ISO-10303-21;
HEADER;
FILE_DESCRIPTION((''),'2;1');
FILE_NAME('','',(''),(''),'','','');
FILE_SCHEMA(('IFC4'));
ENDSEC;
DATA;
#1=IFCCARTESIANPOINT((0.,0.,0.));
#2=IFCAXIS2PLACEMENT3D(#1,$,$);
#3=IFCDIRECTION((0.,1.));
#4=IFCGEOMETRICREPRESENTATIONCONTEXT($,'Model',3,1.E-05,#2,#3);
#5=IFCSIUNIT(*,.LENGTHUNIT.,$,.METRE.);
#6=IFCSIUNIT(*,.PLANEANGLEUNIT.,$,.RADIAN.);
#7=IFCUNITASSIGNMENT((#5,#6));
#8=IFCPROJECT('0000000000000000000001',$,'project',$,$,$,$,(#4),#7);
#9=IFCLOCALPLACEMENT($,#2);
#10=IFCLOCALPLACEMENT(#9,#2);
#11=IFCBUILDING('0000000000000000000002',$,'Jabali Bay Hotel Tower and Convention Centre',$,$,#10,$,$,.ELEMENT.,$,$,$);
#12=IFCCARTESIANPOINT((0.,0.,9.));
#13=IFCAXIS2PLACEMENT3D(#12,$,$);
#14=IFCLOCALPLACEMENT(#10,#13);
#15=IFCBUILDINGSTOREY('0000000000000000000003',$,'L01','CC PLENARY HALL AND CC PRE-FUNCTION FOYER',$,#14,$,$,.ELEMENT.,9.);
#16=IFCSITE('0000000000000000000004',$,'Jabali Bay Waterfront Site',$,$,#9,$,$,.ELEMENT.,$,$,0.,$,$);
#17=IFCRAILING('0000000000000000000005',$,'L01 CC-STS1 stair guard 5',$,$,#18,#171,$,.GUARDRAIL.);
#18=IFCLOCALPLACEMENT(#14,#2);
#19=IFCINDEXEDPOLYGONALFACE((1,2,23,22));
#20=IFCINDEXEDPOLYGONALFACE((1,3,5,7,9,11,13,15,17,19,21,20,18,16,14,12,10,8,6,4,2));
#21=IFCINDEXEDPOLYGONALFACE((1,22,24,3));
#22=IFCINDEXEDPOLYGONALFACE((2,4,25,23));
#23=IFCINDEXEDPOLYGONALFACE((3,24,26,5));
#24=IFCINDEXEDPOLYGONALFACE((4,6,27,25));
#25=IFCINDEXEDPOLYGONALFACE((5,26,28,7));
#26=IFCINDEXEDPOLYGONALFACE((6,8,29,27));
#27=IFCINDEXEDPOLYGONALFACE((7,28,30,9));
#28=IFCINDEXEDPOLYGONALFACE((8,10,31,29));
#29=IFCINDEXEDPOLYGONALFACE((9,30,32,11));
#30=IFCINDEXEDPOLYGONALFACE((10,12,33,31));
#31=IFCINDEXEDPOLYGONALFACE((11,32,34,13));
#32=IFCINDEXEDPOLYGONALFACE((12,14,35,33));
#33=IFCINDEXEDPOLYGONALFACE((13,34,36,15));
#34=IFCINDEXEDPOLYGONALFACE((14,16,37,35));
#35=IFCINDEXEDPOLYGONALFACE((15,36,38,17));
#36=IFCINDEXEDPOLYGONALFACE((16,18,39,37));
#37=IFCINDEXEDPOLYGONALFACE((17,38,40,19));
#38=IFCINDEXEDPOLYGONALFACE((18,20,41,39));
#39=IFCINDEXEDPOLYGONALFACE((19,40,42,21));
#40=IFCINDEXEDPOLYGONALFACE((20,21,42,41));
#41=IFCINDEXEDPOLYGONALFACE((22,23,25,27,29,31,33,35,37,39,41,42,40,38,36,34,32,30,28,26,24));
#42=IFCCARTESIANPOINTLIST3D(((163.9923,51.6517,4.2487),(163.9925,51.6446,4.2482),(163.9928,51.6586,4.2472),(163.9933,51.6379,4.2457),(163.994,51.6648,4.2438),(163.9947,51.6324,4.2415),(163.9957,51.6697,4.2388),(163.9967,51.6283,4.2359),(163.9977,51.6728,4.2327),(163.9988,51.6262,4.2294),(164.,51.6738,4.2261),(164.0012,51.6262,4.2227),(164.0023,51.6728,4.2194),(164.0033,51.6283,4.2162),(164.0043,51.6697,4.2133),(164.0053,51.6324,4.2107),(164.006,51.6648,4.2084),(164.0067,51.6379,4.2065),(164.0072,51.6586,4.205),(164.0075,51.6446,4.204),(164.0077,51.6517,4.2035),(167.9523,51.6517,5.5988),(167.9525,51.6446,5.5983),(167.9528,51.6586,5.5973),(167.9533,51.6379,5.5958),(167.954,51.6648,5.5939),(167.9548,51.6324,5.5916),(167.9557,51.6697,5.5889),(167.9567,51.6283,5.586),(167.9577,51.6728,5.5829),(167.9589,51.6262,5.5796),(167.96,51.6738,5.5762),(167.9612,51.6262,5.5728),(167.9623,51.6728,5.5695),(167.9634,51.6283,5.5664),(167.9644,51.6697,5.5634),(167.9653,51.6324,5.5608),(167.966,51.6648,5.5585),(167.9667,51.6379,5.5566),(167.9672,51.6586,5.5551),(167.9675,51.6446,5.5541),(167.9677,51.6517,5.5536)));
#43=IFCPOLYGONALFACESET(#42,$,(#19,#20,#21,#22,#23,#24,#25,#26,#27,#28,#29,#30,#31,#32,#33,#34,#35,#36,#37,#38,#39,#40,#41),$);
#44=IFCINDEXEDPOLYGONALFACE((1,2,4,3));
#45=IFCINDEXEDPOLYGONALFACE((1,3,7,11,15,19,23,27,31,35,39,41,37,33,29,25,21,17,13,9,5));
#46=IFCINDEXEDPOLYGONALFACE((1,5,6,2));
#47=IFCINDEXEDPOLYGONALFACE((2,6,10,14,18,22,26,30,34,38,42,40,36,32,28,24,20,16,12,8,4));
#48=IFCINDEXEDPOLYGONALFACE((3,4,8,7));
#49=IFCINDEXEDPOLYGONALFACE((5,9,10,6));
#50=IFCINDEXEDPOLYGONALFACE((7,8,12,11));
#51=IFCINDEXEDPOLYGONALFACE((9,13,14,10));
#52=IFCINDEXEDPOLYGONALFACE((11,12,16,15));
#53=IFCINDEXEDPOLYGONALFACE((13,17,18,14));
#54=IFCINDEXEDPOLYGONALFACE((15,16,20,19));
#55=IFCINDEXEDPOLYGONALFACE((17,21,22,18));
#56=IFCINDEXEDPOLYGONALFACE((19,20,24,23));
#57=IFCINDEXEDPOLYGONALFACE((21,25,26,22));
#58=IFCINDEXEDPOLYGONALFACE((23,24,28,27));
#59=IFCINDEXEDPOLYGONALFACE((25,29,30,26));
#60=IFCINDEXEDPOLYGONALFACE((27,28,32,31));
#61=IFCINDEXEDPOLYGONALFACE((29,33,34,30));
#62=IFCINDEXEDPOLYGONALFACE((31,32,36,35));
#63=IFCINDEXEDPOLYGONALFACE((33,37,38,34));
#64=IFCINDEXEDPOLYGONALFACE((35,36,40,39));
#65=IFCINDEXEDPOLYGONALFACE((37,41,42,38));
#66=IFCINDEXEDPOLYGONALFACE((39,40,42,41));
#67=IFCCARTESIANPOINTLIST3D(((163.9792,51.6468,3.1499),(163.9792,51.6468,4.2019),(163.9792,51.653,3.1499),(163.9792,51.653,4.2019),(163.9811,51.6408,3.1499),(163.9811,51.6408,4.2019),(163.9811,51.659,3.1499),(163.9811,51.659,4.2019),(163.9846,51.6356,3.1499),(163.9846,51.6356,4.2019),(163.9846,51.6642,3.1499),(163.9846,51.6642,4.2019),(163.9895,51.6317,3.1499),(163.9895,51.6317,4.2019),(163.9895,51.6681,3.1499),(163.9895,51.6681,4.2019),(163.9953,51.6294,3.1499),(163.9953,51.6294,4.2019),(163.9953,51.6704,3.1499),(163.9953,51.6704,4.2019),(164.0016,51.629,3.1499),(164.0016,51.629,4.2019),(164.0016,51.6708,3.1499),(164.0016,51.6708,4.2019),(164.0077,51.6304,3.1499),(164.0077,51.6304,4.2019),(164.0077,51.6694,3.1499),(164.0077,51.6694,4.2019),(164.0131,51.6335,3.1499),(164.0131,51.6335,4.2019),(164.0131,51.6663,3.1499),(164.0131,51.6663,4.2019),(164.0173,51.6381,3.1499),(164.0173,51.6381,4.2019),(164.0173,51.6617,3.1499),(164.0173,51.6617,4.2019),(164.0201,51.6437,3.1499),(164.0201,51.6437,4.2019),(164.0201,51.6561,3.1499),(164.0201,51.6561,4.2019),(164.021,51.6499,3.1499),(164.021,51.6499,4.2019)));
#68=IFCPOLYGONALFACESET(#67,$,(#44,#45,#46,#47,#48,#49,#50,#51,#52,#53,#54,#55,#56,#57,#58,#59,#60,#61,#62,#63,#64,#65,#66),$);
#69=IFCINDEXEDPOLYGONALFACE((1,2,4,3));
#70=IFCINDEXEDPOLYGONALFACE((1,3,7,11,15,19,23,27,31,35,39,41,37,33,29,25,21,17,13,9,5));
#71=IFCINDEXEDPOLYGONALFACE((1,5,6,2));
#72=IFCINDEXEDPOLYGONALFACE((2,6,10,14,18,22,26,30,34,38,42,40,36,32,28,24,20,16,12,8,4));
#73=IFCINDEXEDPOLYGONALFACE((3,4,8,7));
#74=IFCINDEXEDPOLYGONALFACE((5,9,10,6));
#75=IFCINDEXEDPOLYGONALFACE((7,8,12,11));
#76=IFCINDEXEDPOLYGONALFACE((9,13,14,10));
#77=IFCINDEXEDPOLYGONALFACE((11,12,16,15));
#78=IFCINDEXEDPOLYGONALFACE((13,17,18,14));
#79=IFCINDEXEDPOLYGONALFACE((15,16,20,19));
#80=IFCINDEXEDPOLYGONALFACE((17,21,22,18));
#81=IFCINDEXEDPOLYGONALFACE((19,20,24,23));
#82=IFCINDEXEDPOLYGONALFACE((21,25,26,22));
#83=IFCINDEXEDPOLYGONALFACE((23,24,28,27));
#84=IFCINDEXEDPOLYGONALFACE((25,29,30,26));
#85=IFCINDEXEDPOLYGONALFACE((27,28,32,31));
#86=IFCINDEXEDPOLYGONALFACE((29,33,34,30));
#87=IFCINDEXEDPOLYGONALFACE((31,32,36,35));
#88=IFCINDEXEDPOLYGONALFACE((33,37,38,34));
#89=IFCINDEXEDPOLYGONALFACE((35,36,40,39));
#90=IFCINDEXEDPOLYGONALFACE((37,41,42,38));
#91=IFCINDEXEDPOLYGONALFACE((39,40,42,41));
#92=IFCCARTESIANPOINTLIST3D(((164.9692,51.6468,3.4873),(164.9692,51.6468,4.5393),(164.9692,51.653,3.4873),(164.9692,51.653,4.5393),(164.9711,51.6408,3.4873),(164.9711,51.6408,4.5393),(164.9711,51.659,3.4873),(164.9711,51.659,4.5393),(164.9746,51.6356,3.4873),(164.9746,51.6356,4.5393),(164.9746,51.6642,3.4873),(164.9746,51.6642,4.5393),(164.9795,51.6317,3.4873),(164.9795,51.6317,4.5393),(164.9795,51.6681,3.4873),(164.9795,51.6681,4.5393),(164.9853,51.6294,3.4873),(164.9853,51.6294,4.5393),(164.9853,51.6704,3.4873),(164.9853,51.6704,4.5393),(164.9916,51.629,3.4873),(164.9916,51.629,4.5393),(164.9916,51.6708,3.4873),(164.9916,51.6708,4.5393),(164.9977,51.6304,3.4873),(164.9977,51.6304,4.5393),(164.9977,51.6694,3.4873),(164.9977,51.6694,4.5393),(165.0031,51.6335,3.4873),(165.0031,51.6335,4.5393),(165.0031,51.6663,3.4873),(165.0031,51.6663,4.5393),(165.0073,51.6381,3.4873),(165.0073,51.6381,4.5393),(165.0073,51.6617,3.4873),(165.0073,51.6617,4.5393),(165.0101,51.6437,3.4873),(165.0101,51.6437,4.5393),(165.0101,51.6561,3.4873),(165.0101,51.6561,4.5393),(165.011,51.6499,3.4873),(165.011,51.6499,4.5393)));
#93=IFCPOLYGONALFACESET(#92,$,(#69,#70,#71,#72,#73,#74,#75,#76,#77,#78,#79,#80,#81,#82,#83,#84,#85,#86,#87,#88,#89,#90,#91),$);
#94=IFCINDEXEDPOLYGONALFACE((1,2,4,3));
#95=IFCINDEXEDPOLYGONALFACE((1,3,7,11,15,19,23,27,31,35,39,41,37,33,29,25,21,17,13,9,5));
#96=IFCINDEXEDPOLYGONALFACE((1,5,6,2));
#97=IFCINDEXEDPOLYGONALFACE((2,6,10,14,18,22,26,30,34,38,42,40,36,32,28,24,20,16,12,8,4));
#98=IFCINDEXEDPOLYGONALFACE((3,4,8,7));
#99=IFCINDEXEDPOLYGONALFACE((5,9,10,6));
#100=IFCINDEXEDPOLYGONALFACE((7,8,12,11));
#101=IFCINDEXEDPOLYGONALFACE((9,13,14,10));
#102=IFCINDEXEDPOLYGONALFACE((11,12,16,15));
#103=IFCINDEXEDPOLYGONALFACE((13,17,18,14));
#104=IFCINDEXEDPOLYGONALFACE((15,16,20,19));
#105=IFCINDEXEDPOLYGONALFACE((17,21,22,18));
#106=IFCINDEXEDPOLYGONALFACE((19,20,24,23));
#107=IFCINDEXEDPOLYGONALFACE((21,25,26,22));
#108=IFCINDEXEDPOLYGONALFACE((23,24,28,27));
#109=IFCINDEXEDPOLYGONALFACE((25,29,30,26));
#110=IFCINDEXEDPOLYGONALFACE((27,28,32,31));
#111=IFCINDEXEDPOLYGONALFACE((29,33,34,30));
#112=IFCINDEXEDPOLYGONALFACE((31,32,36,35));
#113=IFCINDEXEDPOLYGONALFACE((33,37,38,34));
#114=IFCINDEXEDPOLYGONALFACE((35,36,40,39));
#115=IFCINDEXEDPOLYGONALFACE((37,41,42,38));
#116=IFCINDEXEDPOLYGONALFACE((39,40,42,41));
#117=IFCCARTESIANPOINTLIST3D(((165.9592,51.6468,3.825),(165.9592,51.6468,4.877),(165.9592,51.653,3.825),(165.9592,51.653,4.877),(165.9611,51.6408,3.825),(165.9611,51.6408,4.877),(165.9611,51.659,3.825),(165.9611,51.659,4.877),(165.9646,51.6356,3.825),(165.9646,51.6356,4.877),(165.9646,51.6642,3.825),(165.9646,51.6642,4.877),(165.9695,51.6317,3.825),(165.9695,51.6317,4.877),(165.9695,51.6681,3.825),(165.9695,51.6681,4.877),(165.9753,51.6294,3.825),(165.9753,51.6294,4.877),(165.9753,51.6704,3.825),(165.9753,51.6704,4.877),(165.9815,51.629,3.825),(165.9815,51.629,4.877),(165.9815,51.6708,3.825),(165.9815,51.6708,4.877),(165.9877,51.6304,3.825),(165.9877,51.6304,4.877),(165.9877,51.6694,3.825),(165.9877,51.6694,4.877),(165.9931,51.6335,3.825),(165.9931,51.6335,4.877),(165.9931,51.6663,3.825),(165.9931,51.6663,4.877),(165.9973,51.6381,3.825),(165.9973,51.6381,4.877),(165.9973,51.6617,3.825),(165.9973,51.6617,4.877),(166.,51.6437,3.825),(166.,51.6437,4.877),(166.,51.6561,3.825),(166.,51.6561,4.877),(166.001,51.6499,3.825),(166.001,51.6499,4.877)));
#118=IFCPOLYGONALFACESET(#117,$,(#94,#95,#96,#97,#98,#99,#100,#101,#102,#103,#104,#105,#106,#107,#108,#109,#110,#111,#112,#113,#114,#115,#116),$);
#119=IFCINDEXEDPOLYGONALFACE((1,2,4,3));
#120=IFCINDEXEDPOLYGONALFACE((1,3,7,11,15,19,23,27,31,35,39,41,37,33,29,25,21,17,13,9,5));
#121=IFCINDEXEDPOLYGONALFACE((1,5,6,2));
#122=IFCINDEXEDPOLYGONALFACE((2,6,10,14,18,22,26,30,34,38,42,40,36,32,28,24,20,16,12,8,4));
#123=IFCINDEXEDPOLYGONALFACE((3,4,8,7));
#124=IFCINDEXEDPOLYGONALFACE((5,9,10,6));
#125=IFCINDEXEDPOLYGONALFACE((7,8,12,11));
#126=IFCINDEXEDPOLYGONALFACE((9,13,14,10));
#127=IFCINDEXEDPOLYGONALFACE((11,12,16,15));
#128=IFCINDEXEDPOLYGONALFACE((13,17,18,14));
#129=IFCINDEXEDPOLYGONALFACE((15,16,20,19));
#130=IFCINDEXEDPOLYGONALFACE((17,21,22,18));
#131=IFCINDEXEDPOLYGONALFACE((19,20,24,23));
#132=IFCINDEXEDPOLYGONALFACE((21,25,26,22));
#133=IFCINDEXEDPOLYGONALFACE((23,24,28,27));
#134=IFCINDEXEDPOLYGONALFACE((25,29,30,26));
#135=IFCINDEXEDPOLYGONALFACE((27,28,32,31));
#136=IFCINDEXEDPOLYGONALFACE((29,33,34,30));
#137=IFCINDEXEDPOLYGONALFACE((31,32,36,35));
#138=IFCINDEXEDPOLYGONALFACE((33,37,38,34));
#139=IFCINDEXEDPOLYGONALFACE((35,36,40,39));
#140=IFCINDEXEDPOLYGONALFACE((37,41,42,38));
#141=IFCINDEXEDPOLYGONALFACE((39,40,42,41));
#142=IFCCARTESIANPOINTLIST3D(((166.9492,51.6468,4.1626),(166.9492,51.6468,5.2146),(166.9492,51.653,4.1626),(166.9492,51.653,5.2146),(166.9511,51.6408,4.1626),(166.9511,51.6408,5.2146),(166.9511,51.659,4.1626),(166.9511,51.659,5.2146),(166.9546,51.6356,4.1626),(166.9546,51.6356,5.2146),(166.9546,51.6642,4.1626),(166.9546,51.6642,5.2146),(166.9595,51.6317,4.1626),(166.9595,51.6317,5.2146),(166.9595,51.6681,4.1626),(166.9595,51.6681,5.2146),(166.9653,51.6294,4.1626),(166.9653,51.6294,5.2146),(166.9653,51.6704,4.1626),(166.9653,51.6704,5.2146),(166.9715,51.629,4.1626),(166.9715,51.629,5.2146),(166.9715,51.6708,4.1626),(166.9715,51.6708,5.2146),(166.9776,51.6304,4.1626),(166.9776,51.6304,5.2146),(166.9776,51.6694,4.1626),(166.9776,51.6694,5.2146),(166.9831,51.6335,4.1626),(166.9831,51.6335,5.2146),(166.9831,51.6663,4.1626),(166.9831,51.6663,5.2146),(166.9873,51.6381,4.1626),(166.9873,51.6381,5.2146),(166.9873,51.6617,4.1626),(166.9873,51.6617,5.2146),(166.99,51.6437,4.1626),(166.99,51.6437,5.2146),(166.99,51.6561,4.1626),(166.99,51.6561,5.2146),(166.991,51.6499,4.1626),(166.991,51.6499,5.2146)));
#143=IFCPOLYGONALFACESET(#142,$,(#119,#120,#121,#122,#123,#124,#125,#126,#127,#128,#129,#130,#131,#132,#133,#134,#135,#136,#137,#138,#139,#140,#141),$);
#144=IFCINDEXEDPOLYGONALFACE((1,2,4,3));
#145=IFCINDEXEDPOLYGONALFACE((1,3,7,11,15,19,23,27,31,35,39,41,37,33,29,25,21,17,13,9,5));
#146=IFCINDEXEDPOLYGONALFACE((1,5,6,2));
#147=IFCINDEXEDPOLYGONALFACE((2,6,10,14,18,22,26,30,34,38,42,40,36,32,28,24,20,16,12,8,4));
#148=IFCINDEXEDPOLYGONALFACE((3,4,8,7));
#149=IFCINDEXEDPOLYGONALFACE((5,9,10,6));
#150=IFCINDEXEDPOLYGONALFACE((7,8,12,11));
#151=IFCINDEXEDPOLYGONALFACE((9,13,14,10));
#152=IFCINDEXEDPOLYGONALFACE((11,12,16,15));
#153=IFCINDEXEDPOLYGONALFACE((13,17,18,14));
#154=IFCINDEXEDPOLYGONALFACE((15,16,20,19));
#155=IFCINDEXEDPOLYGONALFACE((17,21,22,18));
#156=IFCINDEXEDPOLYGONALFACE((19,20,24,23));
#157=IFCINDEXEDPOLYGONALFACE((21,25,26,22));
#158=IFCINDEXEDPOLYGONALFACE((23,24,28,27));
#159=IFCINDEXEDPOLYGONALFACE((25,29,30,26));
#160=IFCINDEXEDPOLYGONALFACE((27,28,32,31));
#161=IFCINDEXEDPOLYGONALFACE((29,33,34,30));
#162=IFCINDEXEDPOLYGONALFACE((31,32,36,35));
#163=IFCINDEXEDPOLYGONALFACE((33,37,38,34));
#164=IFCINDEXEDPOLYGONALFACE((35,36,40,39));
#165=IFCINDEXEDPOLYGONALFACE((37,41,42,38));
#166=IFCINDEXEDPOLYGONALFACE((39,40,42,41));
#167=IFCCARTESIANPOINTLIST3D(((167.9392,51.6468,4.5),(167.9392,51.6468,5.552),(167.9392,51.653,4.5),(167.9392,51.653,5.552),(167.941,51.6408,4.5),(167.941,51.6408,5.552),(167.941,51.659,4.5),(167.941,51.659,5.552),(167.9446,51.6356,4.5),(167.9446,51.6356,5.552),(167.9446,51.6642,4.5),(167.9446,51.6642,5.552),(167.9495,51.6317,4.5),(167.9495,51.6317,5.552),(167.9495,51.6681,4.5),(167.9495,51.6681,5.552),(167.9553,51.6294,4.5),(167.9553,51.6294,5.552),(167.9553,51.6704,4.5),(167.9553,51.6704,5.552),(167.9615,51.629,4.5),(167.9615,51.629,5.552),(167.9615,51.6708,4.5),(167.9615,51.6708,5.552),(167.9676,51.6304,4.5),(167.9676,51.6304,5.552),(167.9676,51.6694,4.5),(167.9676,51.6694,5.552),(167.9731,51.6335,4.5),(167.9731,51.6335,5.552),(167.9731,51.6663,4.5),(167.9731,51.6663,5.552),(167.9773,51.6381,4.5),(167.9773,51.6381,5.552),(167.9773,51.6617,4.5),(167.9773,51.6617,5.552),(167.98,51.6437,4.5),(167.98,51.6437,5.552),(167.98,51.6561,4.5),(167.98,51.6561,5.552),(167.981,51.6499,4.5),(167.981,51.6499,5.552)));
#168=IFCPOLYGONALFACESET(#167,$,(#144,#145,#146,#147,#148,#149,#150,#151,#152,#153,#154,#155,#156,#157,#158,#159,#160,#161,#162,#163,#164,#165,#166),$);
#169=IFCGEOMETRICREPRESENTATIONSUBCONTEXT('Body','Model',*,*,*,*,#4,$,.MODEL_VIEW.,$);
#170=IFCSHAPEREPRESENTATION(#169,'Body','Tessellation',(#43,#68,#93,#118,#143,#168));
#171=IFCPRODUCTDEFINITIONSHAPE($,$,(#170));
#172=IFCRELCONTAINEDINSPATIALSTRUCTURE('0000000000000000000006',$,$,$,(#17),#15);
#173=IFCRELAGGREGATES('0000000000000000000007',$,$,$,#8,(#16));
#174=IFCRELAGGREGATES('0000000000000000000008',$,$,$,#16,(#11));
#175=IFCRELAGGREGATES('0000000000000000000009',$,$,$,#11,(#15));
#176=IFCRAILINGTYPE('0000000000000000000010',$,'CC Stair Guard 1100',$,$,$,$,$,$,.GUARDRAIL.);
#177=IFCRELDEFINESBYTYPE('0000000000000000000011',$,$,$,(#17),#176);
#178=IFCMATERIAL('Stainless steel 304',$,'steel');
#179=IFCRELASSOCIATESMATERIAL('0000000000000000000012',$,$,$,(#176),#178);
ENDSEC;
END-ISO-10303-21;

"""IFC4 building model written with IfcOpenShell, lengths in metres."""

from ifc_helpers import new_model, si_unit, direction, frame, origin, origin_2d, place, context, subcontext, project, spatial, circle, extrude, material, type_object, element, save


model = new_model("IFC4")

# Units and contexts
model_context = context("Model", 3, precision=1e-05, world=origin(), true_north=direction((0.0, 1.0)))
body_context = subcontext(model_context, "Body", "Model", "MODEL_VIEW")
ifc_project = project(units=[si_unit("LENGTHUNIT", "METRE"), si_unit("PLANEANGLEUNIT", "RADIAN")], contexts=[model_context])

# Site, building, storey
site_placement = place(None, origin())
site = spatial("IfcSite", under=ifc_project, at=site_placement, Name="Jabali Bay Waterfront Site", CompositionType="ELEMENT", RefElevation=0.0)
building_placement = place(site_placement, origin())
building = spatial("IfcBuilding", under=site, at=building_placement, Name="Jabali Bay Hotel Tower and Convention Centre", CompositionType="ELEMENT")
storey_placement = place(building_placement, frame((0.0, 0.0, 9.0)))
storey = spatial("IfcBuildingStorey", under=building, at=storey_placement, Name="L01", Description="CC PLENARY HALL AND CC PRE-FUNCTION FOYER", CompositionType="ELEMENT", Elevation=9.0)

# Railing
ifc_material_1 = material(Name="Stainless steel 304", Category="steel")
railing_type_1 = type_object("IfcRailingType", Name="CC Stair Guard 1100", PredefinedType="GUARDRAIL", material=ifc_material_1)
railing_1_placement = place(storey_placement, frame((164.0, 51.6499, 3.1499)))
element("IfcRailing", 1, at=railing_1_placement, inside=storey, type_object=railing_type_1, Name="L01 CC-STS1 stair guard 5", PredefinedType="GUARDRAIL", context=body_context, shape_type="SweptSolid", body=[
    extrude(circle(Radius=0.0239, at=origin_2d()), frame((0.0, 0.0, 1.0762), z_axis=(0.946502, 0.0, 0.322698), x_axis=(0.0, 1.0, 0.0)), (0.0, 0.0, 1.0), 4.1838),
    extrude(circle(Radius=0.021, at=origin_2d()), origin(), (0.0, 0.0, 1.0), 1.052),
    extrude(circle(Radius=0.021, at=origin_2d()), frame((0.99, 0.0, 0.3374)), (0.0, 0.0, 1.0), 1.052),
    extrude(circle(Radius=0.021, at=origin_2d()), frame((1.98, 0.0, 0.675)), (0.0, 0.0, 1.0), 1.052),
    extrude(circle(Radius=0.021, at=origin_2d()), frame((2.97, 0.0, 1.0127)), (0.0, 0.0, 1.0), 1.052),
    extrude(circle(Radius=0.021, at=origin_2d()), frame((3.96, 0.0, 1.3501)), (0.0, 0.0, 1.0), 1.052),
])

save(model, "model.ifc")
